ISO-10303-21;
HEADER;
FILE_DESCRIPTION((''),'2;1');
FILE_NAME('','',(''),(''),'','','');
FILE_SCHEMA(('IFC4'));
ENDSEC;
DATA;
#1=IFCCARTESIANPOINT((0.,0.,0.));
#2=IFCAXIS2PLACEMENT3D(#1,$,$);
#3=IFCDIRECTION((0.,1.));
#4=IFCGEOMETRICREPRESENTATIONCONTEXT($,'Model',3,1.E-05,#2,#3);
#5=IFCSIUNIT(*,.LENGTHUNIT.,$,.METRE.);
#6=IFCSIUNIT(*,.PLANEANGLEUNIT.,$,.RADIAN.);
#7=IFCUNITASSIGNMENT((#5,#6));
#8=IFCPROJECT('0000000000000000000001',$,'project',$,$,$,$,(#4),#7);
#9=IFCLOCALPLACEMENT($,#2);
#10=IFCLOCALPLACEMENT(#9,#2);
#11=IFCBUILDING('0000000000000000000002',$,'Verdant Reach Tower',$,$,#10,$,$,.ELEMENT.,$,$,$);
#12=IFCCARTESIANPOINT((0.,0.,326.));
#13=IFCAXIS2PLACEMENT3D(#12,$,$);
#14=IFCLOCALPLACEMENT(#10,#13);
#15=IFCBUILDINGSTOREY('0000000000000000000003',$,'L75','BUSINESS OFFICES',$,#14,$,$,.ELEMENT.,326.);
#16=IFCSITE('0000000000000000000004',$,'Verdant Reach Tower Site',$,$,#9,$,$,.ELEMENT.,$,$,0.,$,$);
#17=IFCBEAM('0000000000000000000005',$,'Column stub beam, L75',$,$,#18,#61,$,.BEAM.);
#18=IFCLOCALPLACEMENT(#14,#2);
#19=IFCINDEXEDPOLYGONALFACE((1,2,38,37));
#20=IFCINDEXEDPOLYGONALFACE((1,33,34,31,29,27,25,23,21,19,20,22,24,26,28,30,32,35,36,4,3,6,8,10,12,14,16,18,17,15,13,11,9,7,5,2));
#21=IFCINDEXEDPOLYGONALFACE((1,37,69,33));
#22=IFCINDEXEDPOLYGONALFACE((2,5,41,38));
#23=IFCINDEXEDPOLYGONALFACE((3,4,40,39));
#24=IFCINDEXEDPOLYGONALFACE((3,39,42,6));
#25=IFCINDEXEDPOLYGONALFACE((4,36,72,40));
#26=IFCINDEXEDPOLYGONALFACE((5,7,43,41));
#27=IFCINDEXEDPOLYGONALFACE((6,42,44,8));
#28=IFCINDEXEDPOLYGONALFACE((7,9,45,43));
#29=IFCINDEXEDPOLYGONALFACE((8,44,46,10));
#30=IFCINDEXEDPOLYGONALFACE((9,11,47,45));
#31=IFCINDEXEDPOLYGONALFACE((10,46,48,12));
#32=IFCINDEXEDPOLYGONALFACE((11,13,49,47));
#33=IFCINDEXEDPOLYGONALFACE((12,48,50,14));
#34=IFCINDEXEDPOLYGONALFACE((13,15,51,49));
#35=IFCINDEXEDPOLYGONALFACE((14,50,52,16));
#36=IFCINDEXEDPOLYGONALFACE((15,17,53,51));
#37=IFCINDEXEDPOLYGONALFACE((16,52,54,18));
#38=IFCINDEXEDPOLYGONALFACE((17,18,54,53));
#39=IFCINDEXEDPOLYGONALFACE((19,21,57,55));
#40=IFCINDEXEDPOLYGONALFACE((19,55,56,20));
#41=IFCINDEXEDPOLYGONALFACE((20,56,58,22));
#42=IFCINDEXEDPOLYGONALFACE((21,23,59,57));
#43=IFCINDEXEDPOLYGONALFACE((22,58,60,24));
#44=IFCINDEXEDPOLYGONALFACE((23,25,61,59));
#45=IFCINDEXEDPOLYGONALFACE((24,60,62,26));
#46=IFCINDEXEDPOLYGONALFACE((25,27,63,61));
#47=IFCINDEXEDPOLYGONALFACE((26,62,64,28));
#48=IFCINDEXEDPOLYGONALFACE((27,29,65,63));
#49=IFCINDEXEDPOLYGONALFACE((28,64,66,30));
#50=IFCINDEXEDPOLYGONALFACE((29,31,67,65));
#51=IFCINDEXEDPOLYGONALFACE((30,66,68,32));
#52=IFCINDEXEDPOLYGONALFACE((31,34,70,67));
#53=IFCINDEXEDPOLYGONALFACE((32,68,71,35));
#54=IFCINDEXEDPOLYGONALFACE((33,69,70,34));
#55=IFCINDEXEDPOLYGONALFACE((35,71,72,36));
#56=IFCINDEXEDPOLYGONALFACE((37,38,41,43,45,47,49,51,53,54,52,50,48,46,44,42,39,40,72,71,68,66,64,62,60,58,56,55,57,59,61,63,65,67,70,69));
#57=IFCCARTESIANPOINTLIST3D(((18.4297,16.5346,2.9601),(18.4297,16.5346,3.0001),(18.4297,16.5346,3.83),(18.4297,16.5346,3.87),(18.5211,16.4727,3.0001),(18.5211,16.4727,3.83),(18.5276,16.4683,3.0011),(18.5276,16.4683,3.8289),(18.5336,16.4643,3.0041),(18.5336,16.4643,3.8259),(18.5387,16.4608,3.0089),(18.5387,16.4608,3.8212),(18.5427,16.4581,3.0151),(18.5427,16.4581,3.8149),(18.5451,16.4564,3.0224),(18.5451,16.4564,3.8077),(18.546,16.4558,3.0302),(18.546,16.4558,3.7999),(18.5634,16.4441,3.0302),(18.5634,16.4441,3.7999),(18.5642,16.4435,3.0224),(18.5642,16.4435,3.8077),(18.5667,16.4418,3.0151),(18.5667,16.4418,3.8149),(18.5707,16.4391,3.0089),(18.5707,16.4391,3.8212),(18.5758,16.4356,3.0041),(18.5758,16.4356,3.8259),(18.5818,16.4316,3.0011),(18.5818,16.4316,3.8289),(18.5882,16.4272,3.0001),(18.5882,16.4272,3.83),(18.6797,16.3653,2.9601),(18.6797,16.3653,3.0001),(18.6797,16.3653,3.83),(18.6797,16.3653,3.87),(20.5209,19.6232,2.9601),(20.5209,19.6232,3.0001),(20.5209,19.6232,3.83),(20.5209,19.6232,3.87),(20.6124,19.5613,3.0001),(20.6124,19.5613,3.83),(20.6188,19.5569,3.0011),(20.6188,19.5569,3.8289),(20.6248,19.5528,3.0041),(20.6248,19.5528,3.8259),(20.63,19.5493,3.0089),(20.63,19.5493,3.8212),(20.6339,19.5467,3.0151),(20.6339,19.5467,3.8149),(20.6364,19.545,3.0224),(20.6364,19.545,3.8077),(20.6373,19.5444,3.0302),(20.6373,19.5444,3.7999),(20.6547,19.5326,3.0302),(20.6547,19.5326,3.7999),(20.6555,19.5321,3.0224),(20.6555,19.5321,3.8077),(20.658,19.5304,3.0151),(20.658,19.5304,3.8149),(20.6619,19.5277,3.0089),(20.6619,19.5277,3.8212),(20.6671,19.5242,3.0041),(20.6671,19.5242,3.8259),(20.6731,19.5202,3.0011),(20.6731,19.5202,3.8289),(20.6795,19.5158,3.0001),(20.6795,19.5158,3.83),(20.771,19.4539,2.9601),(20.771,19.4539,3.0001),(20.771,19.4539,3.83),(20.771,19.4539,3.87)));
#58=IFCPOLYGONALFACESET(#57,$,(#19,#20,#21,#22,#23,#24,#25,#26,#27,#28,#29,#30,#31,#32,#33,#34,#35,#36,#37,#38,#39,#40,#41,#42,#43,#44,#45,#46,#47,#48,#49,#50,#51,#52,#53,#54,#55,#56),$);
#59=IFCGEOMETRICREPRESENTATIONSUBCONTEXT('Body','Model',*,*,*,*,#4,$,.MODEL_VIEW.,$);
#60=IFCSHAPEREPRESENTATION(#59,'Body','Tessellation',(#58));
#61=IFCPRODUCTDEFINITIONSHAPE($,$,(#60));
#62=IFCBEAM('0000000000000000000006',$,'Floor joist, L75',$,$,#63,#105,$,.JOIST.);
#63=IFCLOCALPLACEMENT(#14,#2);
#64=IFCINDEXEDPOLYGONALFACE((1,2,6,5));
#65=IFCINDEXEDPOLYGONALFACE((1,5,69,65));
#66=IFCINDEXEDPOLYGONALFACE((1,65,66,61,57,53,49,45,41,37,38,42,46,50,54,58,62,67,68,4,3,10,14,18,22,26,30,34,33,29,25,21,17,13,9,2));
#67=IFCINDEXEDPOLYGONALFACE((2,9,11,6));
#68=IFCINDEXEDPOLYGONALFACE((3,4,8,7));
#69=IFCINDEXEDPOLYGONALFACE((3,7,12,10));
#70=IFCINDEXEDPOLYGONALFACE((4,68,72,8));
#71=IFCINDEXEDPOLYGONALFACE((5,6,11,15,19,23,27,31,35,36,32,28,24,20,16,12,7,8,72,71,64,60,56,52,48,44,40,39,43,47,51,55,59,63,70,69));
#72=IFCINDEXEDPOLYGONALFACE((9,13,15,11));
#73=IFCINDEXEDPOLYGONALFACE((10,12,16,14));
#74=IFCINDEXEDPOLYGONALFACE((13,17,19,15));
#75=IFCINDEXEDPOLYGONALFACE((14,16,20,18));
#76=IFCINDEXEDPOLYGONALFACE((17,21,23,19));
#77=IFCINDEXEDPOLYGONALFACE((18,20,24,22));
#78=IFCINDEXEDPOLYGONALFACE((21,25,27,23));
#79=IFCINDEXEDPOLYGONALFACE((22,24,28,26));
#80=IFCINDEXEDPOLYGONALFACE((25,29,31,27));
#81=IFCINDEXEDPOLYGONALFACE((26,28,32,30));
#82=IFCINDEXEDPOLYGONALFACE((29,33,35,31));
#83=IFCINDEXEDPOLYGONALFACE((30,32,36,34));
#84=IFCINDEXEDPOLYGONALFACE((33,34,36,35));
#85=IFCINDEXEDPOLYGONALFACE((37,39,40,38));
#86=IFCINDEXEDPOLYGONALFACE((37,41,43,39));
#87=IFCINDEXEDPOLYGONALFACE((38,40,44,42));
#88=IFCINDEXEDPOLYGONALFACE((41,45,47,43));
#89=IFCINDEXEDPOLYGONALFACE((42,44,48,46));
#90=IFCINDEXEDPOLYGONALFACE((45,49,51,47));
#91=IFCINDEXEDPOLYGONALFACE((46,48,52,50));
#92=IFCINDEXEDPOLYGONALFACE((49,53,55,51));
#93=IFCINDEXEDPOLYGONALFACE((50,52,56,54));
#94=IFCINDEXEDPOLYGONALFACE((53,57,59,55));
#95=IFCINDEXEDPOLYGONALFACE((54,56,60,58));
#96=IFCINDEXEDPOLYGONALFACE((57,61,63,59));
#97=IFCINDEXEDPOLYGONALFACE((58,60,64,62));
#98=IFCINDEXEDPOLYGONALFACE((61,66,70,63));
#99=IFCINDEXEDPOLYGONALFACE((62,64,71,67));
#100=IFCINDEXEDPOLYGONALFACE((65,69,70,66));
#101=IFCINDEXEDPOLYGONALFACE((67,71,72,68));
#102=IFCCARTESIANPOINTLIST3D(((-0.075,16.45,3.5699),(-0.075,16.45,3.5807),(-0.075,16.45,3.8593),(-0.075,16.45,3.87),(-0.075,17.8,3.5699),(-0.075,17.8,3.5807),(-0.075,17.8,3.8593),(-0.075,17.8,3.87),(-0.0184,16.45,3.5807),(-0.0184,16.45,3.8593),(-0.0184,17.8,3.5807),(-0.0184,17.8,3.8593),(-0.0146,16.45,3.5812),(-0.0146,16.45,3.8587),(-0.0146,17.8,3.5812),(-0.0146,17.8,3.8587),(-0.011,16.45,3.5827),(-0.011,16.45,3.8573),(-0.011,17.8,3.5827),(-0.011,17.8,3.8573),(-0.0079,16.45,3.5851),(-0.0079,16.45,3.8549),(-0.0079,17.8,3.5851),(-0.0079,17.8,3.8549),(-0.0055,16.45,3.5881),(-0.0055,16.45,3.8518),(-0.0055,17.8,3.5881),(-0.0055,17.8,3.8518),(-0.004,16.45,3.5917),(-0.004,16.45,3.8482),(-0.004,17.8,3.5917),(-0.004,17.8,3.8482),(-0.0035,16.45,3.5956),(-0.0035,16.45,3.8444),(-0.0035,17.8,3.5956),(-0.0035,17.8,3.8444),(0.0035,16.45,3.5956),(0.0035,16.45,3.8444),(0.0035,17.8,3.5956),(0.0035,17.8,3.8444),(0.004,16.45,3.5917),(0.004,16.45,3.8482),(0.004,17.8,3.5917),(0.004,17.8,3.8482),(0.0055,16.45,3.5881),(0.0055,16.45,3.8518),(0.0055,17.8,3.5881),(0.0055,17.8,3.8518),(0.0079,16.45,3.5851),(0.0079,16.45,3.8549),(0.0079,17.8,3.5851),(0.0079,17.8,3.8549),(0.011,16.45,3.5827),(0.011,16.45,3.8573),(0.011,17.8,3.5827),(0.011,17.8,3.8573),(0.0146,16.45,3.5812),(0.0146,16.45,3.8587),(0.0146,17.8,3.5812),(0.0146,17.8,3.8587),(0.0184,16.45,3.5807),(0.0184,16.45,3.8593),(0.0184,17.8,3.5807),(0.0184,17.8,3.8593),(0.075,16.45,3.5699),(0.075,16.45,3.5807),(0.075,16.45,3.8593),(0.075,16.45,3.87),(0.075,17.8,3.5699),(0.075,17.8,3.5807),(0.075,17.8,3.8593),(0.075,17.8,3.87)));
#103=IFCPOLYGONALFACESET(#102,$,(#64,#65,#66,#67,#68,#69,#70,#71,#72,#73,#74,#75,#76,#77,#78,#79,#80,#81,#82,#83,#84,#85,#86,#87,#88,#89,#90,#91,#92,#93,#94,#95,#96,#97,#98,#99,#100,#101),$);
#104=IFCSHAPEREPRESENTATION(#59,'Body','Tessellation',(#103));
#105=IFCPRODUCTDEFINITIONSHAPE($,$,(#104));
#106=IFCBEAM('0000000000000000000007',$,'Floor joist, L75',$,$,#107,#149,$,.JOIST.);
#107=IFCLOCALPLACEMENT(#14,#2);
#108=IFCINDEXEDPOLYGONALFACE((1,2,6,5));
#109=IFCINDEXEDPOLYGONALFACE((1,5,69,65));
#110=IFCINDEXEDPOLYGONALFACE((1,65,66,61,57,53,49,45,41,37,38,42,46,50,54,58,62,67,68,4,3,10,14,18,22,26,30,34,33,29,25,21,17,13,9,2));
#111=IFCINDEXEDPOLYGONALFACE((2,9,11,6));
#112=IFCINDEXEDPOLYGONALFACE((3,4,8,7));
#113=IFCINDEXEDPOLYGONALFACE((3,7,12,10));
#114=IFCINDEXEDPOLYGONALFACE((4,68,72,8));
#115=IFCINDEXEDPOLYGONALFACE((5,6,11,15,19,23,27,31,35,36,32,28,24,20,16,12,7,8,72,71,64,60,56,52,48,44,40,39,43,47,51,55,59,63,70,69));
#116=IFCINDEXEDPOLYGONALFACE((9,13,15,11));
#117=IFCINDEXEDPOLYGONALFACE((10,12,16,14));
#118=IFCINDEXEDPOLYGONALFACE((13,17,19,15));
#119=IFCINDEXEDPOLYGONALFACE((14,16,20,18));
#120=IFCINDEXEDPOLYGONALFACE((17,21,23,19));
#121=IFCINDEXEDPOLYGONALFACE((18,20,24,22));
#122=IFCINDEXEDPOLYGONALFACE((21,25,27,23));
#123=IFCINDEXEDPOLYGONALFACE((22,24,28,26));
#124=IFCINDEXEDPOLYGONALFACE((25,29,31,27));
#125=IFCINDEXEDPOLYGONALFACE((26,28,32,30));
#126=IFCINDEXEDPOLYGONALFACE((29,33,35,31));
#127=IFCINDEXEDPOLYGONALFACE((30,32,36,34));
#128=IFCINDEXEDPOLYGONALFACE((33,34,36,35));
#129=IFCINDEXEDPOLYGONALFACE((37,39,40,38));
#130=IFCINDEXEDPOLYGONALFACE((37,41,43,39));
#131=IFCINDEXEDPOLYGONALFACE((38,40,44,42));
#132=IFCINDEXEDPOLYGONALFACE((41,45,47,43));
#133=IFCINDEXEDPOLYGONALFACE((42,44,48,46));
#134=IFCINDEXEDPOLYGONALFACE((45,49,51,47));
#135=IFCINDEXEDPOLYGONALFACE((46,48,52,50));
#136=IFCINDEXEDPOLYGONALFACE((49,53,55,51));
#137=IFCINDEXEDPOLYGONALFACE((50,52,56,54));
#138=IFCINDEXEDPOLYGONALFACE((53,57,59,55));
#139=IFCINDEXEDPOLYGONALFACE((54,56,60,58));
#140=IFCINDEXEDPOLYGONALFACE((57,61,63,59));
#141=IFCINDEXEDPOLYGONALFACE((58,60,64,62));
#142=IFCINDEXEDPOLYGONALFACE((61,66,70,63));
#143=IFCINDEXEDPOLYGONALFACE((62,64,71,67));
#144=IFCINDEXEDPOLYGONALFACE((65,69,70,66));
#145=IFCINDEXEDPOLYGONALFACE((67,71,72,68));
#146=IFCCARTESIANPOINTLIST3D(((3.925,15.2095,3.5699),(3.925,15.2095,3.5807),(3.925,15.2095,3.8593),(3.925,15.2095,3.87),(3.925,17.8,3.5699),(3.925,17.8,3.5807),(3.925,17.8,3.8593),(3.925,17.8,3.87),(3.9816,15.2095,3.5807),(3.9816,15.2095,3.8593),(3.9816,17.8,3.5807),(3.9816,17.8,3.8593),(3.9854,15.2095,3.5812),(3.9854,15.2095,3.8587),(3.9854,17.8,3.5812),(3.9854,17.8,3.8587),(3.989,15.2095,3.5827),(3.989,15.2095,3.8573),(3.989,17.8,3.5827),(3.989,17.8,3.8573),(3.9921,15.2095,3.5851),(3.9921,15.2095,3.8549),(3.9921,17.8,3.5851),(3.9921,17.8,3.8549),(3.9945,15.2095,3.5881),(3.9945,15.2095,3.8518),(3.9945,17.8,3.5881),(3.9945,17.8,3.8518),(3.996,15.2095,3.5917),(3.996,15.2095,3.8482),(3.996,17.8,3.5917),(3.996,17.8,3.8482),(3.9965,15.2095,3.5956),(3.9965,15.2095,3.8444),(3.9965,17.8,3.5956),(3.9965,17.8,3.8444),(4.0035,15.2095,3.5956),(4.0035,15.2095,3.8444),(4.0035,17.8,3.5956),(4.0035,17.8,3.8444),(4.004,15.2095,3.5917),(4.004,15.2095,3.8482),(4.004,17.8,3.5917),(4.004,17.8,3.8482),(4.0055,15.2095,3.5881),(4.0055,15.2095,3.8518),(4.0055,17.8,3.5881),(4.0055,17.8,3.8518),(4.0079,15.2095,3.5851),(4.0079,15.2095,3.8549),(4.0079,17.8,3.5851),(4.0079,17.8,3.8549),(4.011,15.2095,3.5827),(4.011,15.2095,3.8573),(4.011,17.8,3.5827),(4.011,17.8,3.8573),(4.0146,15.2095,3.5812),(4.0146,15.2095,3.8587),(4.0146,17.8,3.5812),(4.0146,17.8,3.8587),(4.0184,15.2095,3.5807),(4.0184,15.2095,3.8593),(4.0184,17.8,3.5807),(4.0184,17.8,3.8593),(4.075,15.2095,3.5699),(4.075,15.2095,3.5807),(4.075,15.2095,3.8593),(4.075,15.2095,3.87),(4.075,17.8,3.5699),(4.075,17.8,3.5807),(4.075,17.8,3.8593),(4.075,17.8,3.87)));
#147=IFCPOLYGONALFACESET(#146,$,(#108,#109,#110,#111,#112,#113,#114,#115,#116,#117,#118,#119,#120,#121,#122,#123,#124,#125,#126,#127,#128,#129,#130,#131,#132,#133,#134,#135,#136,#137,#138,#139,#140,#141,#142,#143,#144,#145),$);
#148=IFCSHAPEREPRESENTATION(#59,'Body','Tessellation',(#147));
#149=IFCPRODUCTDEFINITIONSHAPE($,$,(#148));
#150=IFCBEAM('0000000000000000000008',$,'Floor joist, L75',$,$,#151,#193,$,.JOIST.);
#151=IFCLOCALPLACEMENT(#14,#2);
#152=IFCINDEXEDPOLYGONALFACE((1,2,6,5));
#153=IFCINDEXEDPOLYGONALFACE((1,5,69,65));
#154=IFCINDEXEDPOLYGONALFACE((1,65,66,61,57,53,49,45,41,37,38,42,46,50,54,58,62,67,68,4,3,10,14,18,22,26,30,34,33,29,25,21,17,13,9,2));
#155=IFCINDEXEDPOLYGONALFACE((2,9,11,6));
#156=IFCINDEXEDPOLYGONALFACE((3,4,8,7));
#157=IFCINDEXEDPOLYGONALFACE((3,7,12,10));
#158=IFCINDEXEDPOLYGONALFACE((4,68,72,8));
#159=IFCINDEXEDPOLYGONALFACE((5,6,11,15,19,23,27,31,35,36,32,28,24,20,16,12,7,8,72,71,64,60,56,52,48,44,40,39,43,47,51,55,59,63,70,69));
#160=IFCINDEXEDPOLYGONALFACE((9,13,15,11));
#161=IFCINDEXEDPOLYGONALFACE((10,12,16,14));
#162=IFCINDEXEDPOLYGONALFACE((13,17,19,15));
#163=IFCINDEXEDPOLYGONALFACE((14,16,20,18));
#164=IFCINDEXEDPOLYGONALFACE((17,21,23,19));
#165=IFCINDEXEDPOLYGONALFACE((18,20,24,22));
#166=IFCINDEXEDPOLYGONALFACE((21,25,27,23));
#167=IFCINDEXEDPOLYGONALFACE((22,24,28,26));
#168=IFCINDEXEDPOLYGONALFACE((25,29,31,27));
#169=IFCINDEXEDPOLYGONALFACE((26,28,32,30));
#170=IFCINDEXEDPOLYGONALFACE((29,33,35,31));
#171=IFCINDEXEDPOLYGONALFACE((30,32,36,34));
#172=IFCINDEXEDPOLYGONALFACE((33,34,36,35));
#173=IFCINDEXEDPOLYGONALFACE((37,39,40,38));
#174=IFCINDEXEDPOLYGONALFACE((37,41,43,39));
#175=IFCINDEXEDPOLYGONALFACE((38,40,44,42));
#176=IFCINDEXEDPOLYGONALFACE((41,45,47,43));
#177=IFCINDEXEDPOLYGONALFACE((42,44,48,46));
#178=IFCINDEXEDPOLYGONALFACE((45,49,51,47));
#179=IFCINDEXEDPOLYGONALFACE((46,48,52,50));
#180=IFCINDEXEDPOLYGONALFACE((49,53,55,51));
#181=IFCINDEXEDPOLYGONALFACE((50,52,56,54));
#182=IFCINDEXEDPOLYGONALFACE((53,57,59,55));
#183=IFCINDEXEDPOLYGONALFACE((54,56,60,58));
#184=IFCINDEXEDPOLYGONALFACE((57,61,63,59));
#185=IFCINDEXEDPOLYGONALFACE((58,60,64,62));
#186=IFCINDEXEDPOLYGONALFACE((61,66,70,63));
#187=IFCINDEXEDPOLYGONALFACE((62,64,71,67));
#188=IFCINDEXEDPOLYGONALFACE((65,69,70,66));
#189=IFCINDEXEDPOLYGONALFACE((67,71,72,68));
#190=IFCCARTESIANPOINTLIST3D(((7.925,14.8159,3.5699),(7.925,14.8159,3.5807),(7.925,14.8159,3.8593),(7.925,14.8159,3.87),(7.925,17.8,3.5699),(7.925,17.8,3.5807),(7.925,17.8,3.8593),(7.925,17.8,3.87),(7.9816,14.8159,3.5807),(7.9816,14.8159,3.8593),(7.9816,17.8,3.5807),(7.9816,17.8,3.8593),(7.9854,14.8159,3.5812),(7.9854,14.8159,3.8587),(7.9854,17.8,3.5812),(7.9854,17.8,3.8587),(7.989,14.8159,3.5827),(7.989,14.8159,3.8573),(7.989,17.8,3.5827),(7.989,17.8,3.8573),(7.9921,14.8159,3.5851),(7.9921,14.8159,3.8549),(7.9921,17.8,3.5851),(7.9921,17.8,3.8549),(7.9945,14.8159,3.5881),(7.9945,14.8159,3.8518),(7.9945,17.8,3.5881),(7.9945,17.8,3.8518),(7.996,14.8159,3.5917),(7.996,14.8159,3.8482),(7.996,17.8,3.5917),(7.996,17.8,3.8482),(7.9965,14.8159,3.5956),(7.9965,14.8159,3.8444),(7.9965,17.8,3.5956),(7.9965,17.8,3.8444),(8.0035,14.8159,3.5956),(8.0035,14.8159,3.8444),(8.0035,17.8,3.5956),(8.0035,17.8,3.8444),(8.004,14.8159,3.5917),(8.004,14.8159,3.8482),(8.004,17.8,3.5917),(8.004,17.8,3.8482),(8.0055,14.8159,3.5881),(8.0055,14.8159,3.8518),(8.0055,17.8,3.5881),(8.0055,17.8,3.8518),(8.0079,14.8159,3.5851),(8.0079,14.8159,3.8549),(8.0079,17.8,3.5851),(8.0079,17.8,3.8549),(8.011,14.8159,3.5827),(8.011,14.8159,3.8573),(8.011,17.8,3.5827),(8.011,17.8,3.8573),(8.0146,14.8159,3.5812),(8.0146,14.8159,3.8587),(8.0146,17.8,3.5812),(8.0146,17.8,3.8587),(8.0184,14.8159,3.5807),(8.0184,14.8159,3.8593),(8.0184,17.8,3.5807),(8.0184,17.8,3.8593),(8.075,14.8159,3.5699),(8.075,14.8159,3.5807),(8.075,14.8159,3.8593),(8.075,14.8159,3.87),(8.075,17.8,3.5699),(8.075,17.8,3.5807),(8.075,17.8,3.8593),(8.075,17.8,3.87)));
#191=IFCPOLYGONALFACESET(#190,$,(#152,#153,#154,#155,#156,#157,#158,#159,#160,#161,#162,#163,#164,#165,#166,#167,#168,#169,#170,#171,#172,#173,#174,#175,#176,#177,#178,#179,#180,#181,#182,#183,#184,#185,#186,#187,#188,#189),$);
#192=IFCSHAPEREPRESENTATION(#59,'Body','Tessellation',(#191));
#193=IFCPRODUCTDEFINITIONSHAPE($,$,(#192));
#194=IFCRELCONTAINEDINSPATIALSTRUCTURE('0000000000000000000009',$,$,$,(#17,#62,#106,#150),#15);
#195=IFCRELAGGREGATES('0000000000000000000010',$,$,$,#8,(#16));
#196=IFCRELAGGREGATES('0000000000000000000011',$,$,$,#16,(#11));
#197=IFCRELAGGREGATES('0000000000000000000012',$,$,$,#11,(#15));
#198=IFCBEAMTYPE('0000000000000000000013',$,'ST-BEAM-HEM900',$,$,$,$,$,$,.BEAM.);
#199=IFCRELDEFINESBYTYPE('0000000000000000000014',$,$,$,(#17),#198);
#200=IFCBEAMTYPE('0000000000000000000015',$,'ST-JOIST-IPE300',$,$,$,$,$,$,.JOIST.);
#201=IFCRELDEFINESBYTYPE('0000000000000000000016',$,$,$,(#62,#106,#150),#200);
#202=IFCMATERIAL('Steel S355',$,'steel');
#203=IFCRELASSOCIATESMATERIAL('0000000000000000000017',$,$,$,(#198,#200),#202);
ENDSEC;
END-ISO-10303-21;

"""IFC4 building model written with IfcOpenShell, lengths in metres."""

from ifc_helpers import new_model, si_unit, direction, frame, origin, origin_2d, place, context, subcontext, project, spatial, i_section, extrude, material, material_profile, profile_set, type_object, element, save


model = new_model("IFC4")

# Units and contexts
model_context = context("Model", 3, precision=1e-05, world=origin(), true_north=direction((0.0, 1.0)))
body_context = subcontext(model_context, "Body", "Model", "MODEL_VIEW")
ifc_project = project(units=[si_unit("LENGTHUNIT", "METRE"), si_unit("PLANEANGLEUNIT", "RADIAN")], contexts=[model_context])

# Site, building, storey
site_placement = place(None, origin())
site = spatial("IfcSite", under=ifc_project, at=site_placement, Name="Verdant Reach Tower Site", CompositionType="ELEMENT", RefElevation=0.0)
building_placement = place(site_placement, origin())
building = spatial("IfcBuilding", under=site, at=building_placement, Name="Verdant Reach Tower", CompositionType="ELEMENT")
storey_placement = place(building_placement, frame((0.0, 0.0, 326.0)))
storey = spatial("IfcBuildingStorey", under=building, at=storey_placement, Name="L75", Description="BUSINESS OFFICES", CompositionType="ELEMENT", Elevation=326.0)

# Beams
ifc_material_1 = material(Name="Steel S355", Category="steel")
ifc_material_profile_1 = material_profile(ifc_material_1, i_section(OverallWidth=0.302, OverallDepth=0.9099, WebThickness=0.021, FlangeThickness=0.04, FilletRadius=0.03, at=origin_2d()), Name="HEM 900")
ifc_profile_set_1 = profile_set([ifc_material_profile_1], Name="Steel S355")
beam_type_1 = type_object("IfcBeamType", Name="ST-BEAM-HEM900", PredefinedType="BEAM", material=ifc_profile_set_1)
beam_1_placement = place(storey_placement, frame((18.5547, 16.45, 3.415), z_axis=(0.560667, 0.828041, 0.0), x_axis=(-0.828041, 0.560667, 0.0)))
element("IfcBeam", 1, at=beam_1_placement, inside=storey, type_object=beam_type_1, Name="Column stub beam, L75", PredefinedType="BEAM", context=body_context, shape_type="SweptSolid", body=[
    extrude(i_section(OverallWidth=0.302, OverallDepth=0.9099, WebThickness=0.021, FlangeThickness=0.04, FilletRadius=0.03, at=origin_2d()), origin(), (0.0, 0.0, 1.0), 3.73),
])
ifc_material_profile_2 = material_profile(ifc_material_1, i_section(OverallWidth=0.1499, OverallDepth=0.3, WebThickness=0.0071, FlangeThickness=0.0107, FilletRadius=0.0149, at=origin_2d()), Name="IPE 300")
ifc_profile_set_2 = profile_set([ifc_material_profile_2], Name="Steel S355")
beam_type_2 = type_object("IfcBeamType", Name="ST-JOIST-IPE300", PredefinedType="JOIST", material=ifc_profile_set_2)
beam_2_placement = place(storey_placement, frame((0.0, 17.8, 3.72), z_axis=(0.0, -1.0, 0.0), x_axis=(1.0, 0.0, 0.0)))
element("IfcBeam", 2, at=beam_2_placement, inside=storey, type_object=beam_type_2, Name="Floor joist, L75", PredefinedType="JOIST", context=body_context, shape_type="SweptSolid", body=[
    extrude(i_section(OverallWidth=0.1499, OverallDepth=0.3, WebThickness=0.0071, FlangeThickness=0.0107, FilletRadius=0.0149, at=origin_2d()), origin(), (0.0, 0.0, 1.0), 1.3501),
])
beam_3_placement = place(storey_placement, frame((4.0, 17.8, 3.72), z_axis=(0.0, -1.0, 0.0), x_axis=(1.0, 0.0, 0.0)))
element("IfcBeam", 3, at=beam_3_placement, inside=storey, type_object=beam_type_2, Name="Floor joist, L75", PredefinedType="JOIST", context=body_context, shape_type="SweptSolid", body=[
    extrude(i_section(OverallWidth=0.1499, OverallDepth=0.3, WebThickness=0.0071, FlangeThickness=0.0107, FilletRadius=0.0149, at=origin_2d()), origin(), (0.0, 0.0, 1.0), 2.5906),
])
beam_4_placement = place(storey_placement, frame((8.0, 17.8, 3.72), z_axis=(0.0, -1.0, 0.0), x_axis=(1.0, 0.0, 0.0)))
element("IfcBeam", 4, at=beam_4_placement, inside=storey, type_object=beam_type_2, Name="Floor joist, L75", PredefinedType="JOIST", context=body_context, shape_type="SweptSolid", body=[
    extrude(i_section(OverallWidth=0.1499, OverallDepth=0.3, WebThickness=0.0071, FlangeThickness=0.0107, FilletRadius=0.0149, at=origin_2d()), origin(), (0.0, 0.0, 1.0), 2.9841),
])

save(model, "model.ifc")
